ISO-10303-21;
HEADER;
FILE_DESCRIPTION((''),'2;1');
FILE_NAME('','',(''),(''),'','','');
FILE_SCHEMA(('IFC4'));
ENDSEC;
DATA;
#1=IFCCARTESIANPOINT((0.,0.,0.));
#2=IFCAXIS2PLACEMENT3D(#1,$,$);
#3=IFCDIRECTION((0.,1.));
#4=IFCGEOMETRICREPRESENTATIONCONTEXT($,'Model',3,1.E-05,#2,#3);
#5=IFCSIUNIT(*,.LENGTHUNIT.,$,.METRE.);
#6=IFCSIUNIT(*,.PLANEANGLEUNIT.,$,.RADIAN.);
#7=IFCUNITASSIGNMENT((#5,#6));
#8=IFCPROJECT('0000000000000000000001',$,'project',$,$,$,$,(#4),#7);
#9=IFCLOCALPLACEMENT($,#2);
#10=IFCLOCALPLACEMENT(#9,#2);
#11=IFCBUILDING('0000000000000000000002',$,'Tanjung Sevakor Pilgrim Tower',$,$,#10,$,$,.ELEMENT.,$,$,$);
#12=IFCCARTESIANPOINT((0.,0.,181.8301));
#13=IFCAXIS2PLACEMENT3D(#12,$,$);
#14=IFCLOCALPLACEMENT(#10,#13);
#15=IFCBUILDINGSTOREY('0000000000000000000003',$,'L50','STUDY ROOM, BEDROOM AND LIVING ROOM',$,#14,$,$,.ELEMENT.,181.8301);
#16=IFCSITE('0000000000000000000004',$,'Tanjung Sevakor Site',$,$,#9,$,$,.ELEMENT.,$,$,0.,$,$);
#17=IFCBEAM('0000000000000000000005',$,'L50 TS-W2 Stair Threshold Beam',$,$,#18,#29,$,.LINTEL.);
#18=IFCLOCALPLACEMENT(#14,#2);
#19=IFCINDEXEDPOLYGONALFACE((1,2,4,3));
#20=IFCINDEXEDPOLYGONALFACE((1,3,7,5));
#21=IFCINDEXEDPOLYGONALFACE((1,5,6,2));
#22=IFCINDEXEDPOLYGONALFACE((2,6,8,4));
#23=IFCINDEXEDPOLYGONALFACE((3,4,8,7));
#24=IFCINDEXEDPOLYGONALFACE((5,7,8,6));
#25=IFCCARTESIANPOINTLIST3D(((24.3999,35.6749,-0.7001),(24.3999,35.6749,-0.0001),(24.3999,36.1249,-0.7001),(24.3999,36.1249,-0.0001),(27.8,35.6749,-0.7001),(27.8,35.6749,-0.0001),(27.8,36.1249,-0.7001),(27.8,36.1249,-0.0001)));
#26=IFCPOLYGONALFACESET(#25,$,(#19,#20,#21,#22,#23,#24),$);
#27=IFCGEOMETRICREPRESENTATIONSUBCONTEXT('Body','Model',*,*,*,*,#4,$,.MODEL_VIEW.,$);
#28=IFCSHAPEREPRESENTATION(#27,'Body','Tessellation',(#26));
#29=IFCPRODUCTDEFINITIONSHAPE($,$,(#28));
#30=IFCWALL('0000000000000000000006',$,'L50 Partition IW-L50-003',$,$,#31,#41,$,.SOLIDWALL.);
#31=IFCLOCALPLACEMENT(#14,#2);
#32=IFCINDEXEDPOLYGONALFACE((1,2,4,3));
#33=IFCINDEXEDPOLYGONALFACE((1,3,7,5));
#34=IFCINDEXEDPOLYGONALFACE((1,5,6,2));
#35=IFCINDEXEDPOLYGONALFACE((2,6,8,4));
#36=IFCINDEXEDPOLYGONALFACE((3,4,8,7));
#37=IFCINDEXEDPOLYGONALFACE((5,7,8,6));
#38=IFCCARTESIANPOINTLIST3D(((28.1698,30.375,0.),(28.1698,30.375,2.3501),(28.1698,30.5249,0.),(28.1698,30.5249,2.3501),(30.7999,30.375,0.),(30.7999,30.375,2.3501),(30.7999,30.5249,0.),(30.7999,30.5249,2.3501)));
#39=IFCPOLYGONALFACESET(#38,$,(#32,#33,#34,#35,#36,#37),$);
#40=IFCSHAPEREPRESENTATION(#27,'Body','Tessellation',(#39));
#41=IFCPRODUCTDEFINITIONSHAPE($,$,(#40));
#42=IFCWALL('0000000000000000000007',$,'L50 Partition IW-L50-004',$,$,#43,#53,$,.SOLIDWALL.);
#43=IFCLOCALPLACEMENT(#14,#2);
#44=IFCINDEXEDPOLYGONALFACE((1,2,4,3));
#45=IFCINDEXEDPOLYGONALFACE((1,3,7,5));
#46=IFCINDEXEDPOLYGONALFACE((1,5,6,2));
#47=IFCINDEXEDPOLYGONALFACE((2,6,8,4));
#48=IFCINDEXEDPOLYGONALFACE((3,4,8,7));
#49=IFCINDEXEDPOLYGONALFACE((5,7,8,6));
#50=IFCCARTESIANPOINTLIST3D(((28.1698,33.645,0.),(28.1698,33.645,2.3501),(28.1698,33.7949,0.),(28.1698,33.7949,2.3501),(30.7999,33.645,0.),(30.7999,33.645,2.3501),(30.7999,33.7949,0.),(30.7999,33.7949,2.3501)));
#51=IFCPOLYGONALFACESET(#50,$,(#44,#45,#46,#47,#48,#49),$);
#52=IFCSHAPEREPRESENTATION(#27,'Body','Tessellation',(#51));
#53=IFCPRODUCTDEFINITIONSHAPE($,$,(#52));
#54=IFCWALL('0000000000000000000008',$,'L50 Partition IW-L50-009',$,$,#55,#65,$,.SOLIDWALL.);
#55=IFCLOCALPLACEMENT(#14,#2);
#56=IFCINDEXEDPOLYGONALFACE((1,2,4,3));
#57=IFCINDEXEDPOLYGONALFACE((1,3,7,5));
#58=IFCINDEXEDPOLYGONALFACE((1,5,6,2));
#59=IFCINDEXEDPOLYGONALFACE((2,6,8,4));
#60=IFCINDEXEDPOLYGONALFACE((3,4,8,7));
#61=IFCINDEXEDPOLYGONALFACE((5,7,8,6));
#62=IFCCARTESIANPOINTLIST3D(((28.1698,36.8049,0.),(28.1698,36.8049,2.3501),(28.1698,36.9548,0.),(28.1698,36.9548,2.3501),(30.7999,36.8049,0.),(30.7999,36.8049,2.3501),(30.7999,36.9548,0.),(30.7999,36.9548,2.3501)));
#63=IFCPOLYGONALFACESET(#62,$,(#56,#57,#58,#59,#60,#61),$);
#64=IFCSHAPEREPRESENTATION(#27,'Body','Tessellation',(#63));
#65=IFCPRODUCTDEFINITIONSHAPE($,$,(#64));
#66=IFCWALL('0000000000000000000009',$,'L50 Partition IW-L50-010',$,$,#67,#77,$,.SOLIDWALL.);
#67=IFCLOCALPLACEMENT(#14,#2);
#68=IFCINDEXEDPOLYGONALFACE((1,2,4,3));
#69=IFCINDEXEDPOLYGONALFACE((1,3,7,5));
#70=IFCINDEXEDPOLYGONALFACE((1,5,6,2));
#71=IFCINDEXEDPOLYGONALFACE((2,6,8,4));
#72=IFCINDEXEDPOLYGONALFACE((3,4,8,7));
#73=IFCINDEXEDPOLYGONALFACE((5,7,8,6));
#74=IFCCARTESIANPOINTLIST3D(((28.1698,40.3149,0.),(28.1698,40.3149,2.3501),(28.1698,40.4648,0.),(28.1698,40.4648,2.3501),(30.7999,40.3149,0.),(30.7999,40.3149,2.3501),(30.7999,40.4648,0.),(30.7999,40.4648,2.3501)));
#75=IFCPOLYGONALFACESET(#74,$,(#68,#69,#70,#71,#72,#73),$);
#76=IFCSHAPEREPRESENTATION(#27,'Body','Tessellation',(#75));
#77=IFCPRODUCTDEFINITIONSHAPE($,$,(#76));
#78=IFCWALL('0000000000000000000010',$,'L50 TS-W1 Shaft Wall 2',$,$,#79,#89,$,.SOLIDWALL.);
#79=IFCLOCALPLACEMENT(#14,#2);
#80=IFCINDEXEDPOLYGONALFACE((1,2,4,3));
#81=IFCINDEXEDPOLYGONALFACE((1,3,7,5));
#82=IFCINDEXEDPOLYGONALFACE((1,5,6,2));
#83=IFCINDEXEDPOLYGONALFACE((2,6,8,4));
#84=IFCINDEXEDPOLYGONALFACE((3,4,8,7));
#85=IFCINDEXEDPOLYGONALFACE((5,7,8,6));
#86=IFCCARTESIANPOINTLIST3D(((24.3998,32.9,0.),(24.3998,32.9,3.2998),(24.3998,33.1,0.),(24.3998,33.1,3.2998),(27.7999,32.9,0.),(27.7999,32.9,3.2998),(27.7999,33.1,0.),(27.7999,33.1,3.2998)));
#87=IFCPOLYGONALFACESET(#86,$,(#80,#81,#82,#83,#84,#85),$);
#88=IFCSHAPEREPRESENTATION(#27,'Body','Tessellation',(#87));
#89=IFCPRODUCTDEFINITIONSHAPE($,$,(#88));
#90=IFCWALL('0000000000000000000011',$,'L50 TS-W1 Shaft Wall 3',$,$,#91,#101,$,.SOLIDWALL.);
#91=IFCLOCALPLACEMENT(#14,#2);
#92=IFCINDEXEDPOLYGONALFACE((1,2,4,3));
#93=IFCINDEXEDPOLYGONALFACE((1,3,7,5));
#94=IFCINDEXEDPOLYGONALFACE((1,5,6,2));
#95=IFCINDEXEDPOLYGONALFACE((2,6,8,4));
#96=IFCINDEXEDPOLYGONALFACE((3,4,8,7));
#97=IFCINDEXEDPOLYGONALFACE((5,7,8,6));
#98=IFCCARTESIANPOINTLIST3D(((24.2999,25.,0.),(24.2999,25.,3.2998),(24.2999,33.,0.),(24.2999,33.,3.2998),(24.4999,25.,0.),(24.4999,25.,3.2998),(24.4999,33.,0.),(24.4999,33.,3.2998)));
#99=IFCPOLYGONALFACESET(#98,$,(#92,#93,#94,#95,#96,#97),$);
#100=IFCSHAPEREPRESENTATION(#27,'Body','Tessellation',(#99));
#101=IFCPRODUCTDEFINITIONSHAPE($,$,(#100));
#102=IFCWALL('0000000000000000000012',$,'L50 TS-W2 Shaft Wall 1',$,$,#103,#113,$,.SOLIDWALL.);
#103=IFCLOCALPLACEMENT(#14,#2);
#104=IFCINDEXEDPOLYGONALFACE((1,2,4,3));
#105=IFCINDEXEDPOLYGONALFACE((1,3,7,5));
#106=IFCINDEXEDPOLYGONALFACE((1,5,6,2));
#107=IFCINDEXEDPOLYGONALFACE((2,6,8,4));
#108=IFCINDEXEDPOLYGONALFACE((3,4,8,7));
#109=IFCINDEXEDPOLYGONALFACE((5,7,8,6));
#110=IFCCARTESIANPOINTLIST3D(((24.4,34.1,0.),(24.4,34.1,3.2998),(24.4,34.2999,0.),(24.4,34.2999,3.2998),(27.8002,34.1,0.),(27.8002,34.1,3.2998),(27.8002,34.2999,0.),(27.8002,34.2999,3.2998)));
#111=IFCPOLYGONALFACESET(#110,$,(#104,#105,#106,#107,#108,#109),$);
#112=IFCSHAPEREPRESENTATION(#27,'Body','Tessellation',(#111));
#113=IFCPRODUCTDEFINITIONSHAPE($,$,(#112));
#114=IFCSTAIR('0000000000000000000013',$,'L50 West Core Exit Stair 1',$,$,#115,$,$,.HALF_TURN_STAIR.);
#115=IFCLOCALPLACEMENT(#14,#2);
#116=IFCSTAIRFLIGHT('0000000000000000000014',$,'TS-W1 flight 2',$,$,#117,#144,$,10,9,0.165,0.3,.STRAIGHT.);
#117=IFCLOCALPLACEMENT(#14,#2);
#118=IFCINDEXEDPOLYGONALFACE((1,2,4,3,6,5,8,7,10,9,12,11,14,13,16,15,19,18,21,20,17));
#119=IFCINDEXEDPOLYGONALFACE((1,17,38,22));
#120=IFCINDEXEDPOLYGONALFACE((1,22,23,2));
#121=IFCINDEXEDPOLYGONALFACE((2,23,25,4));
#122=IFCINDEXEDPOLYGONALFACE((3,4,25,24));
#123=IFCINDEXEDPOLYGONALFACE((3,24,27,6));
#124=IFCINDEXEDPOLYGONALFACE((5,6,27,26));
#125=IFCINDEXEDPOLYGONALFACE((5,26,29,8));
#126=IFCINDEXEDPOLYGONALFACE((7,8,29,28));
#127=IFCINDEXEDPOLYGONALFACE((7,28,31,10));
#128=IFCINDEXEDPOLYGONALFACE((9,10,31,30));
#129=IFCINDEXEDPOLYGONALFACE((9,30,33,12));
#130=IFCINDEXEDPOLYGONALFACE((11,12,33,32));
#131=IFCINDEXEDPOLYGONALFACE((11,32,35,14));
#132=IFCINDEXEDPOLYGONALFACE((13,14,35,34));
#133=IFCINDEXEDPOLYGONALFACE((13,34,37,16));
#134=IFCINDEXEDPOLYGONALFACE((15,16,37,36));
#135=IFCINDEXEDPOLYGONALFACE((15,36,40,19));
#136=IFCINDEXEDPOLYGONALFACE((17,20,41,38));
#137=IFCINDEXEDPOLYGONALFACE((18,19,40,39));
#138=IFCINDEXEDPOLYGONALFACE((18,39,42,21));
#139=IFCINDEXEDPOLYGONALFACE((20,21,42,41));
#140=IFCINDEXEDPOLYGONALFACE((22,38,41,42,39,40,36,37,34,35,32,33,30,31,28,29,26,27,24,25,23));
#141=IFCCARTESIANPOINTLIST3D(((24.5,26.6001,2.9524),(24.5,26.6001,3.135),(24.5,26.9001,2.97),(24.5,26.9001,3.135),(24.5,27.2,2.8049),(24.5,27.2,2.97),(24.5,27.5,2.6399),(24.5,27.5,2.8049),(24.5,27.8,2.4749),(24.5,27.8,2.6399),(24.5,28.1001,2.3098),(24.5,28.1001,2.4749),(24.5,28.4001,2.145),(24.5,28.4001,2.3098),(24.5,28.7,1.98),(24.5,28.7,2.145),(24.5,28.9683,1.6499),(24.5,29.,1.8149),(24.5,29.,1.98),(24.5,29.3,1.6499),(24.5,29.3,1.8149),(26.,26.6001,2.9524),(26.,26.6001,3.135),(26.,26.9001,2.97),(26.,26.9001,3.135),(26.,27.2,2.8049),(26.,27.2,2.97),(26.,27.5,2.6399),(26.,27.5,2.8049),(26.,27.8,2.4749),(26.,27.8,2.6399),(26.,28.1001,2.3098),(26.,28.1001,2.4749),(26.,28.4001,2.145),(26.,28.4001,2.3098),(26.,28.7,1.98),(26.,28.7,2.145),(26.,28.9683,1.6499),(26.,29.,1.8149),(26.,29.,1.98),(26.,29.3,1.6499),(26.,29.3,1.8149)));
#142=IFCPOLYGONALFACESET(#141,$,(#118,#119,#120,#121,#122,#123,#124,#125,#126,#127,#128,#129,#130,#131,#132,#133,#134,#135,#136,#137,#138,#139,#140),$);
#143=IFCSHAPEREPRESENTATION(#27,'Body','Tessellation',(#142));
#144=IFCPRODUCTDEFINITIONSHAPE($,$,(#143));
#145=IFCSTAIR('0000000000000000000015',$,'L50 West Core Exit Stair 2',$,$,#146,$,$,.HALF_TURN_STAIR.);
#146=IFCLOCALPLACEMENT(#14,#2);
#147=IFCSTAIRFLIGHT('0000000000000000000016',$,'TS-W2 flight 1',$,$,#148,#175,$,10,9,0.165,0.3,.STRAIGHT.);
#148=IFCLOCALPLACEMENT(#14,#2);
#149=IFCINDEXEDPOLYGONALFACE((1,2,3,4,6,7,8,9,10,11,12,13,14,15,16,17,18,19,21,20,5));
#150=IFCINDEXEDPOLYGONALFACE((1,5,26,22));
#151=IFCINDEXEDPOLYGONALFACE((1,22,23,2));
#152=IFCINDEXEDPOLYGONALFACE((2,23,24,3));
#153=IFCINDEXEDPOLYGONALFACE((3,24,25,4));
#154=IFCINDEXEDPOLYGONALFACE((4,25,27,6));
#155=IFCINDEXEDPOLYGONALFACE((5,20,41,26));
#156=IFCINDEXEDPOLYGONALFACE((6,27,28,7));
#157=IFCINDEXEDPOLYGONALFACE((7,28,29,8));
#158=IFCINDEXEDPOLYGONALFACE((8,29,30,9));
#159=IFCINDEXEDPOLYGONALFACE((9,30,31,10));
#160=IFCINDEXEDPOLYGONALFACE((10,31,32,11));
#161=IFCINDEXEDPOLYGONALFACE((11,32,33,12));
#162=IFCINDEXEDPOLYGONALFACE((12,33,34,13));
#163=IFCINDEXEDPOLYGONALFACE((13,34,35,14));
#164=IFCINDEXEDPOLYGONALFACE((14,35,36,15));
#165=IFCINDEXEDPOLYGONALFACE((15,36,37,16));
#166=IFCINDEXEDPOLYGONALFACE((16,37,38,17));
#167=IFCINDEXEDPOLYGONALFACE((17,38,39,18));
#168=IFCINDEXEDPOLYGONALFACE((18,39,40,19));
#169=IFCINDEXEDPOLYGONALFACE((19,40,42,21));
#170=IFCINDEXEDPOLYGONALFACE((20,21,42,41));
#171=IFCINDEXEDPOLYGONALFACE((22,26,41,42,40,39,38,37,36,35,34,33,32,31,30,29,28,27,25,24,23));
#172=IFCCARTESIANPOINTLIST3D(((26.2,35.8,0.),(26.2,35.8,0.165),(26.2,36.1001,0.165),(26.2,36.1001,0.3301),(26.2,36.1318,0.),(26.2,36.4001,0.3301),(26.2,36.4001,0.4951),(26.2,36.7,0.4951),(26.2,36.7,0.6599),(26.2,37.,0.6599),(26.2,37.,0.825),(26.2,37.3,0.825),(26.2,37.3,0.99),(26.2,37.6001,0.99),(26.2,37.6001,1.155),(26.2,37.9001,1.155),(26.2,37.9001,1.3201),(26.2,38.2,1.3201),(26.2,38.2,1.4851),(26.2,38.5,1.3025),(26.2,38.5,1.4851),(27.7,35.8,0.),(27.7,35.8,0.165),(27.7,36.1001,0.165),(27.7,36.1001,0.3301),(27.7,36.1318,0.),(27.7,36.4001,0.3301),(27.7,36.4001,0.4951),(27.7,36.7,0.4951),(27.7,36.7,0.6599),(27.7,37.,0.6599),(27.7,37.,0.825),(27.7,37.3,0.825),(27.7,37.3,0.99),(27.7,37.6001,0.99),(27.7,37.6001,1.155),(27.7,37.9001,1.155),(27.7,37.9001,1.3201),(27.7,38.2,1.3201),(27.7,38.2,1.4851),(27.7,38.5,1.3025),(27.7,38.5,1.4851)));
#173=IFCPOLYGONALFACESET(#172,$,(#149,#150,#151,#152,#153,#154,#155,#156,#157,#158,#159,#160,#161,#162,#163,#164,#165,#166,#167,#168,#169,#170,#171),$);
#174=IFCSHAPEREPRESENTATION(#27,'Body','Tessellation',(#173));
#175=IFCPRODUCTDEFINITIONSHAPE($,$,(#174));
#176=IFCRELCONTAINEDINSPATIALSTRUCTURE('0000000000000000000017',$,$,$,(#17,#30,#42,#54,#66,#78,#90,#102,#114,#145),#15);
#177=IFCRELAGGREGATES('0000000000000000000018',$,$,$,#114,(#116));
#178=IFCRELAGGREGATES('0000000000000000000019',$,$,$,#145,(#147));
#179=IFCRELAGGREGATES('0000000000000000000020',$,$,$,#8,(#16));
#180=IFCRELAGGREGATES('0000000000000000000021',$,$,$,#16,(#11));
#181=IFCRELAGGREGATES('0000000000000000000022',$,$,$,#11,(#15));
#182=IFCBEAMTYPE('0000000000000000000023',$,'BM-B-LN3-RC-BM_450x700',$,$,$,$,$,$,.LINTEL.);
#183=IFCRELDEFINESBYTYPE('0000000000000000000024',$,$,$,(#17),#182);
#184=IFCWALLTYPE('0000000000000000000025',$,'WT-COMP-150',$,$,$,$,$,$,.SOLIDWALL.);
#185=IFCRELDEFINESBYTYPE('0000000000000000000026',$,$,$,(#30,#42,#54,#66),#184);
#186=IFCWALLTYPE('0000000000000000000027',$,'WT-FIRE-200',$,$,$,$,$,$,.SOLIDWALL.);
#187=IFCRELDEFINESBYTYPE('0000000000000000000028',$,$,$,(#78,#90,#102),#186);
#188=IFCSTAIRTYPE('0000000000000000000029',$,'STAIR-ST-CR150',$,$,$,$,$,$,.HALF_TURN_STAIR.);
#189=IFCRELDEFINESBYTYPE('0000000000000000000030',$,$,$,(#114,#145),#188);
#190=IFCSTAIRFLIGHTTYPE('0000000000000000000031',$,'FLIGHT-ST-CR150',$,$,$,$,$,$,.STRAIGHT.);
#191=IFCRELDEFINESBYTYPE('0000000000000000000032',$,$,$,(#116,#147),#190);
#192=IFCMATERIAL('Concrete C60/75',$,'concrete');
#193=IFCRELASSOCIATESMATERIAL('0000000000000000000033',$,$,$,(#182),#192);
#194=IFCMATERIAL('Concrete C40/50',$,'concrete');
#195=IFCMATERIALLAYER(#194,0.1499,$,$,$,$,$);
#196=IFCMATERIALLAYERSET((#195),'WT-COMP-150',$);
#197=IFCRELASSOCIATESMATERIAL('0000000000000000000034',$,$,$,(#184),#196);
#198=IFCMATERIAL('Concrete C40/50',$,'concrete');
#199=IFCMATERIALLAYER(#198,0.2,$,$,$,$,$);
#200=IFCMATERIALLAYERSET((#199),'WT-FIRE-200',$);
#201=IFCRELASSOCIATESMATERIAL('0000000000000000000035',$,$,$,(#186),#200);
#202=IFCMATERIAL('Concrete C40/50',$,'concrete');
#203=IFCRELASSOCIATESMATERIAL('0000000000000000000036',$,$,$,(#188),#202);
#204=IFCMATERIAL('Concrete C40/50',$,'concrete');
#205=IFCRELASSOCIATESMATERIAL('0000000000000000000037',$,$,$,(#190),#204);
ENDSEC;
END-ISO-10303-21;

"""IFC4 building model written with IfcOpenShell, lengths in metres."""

from ifc_helpers import new_model, si_unit, direction, frame, frame_2d, origin, origin_2d, place, context, subcontext, project, spatial, polyline, rectangle, outline, extrude, material, layer, layer_set, material_profile, profile_set, type_object, element, aggregate, save


model = new_model("IFC4")

# Units and contexts
model_context = context("Model", 3, precision=1e-05, world=origin(), true_north=direction((0.0, 1.0)))
body_context = subcontext(model_context, "Body", "Model", "MODEL_VIEW")
ifc_project = project(units=[si_unit("LENGTHUNIT", "METRE"), si_unit("PLANEANGLEUNIT", "RADIAN")], contexts=[model_context])

# Site, building, storey
site_placement = place(None, origin())
site = spatial("IfcSite", under=ifc_project, at=site_placement, Name="Tanjung Sevakor Site", CompositionType="ELEMENT", RefElevation=0.0)
building_placement = place(site_placement, origin())
building = spatial("IfcBuilding", under=site, at=building_placement, Name="Tanjung Sevakor Pilgrim Tower", CompositionType="ELEMENT")
storey_placement = place(building_placement, frame((0.0, 0.0, 181.8301)))
storey = spatial("IfcBuildingStorey", under=building, at=storey_placement, Name="L50", Description="STUDY ROOM, BEDROOM AND LIVING ROOM", CompositionType="ELEMENT", Elevation=181.8301)

# Beam
ifc_material_1 = material(Name="Concrete C60/75", Category="concrete")
ifc_material_profile = material_profile(ifc_material_1, rectangle(XDim=0.45, YDim=0.7, at=origin_2d()))
ifc_profile_set = profile_set([ifc_material_profile], Name="Concrete C60/75")
beam_type = type_object("IfcBeamType", Name="BM-B-LN3-RC-BM_450x700", PredefinedType="LINTEL", material=ifc_profile_set)
beam_placement = place(storey_placement, frame((24.3999, 35.8999, -0.3501), z_axis=(1.0, 0.0, 0.0), x_axis=(0.0, 1.0, 0.0)))
element("IfcBeam", 1, at=beam_placement, inside=storey, type_object=beam_type, Name="L50 TS-W2 Stair Threshold Beam", PredefinedType="LINTEL", context=body_context, shape_type="SweptSolid", body=[
    extrude(rectangle(XDim=0.45, YDim=0.7, at=origin_2d()), origin(), (0.0, 0.0, 1.0), 3.4001),
])

# Walls
ifc_material_2 = material(Name="Concrete C40/50", Category="concrete")
ifc_layer_1 = layer(ifc_material_2, 0.1499)
ifc_layer_set_1 = layer_set([ifc_layer_1], Name="WT-COMP-150")
wall_type_1 = type_object("IfcWallType", Name="WT-COMP-150", PredefinedType="SOLIDWALL", material=ifc_layer_set_1)
for number, where, z_axis, x_axis, name in (
    (2, (28.1699, 30.45, 0.0), (0.0, 0.0, 1.0), (1.0, 0.0, 0.0), "L50 Partition IW-L50-003"),
    (3, (28.1699, 33.72, 0.0), (0.0, 0.0, 1.0), (1.0, 0.0, 0.0), "L50 Partition IW-L50-004"),
    (4, (28.1699, 36.8799, 0.0), (0.0, 0.0, 1.0), (1.0, 0.0, 0.0), "L50 Partition IW-L50-009"),
    (5, (28.1699, 40.3899, 0.0), (0.0, 0.0, 1.0), (1.0, 0.0, 0.0), "L50 Partition IW-L50-010"),
):
    element("IfcWall", number, at=place(storey_placement, frame(where, z_axis=z_axis, x_axis=x_axis)), inside=storey, type_object=wall_type_1, Name=name, PredefinedType="SOLIDWALL", context=body_context, shape_type="SweptSolid", body=[
        extrude(rectangle(XDim=2.6301, YDim=0.1499, at=frame_2d((1.3149, 0.0))), origin(), (0.0, 0.0, 1.0), 2.3501),
    ])
ifc_material_3 = material(Name="Concrete C40/50", Category="concrete")
ifc_layer_2 = layer(ifc_material_3, 0.2)
ifc_layer_set_2 = layer_set([ifc_layer_2], Name="WT-FIRE-200")
wall_type_2 = type_object("IfcWallType", Name="WT-FIRE-200", PredefinedType="SOLIDWALL", material=ifc_layer_set_2)
wall_1_placement = place(storey_placement, frame((27.8, 33.0, 0.0), z_axis=(0.0, 0.0, 1.0), x_axis=(-1.0, 0.0, 0.0)))
element("IfcWall", 6, at=wall_1_placement, inside=storey, type_object=wall_type_2, Name="L50 TS-W1 Shaft Wall 2", PredefinedType="SOLIDWALL", context=body_context, shape_type="SweptSolid", body=[
    extrude(rectangle(XDim=3.4001, YDim=0.2, at=frame_2d((1.7002, 0.0))), origin(), (0.0, 0.0, 1.0), 3.2998),
])
wall_2_placement = place(storey_placement, frame((24.3999, 33.0, 0.0), z_axis=(0.0, 0.0, 1.0), x_axis=(0.0, -1.0, 0.0)))
element("IfcWall", 7, at=wall_2_placement, inside=storey, type_object=wall_type_2, Name="L50 TS-W1 Shaft Wall 3", PredefinedType="SOLIDWALL", context=body_context, shape_type="SweptSolid", body=[
    extrude(rectangle(XDim=8.0, YDim=0.2, at=frame_2d((4.0, 0.0))), origin(), (0.0, 0.0, 1.0), 3.2998),
])
wall_3_placement = place(storey_placement, frame((24.3999, 34.2, 0.0), z_axis=(0.0, 0.0, 1.0), x_axis=(1.0, 0.0, 0.0)))
element("IfcWall", 8, at=wall_3_placement, inside=storey, type_object=wall_type_2, Name="L50 TS-W2 Shaft Wall 1", PredefinedType="SOLIDWALL", context=body_context, shape_type="SweptSolid", body=[
    extrude(rectangle(XDim=3.4001, YDim=0.2, at=frame_2d((1.7002, 0.0))), origin(), (0.0, 0.0, 1.0), 3.2998),
])

# Stair, stair flight
ifc_material_4 = material(Name="Concrete C40/50", Category="concrete")
stair_type = type_object("IfcStairType", Name="STAIR-ST-CR150", PredefinedType="HALF_TURN_STAIR", material=ifc_material_4)
stair_1_placement = place(storey_placement, origin())
stair_1 = element("IfcStair", 9, at=stair_1_placement, inside=storey, type_object=stair_type, Name="L50 West Core Exit Stair 1", PredefinedType="HALF_TURN_STAIR")
ifc_material_5 = material(Name="Concrete C40/50", Category="concrete")
stair_flight_type = type_object("IfcStairFlightType", Name="FLIGHT-ST-CR150", PredefinedType="STRAIGHT", material=ifc_material_5)
stair_flight_1_placement = place(storey_placement, frame((25.25, 29.3, 1.6499), z_axis=(0.0, 0.0, 1.0), x_axis=(0.0, -1.0, 0.0)))
stair_flight_1 = element("IfcStairFlight", 10, at=stair_flight_1_placement, type_object=stair_flight_type, Name="TS-W1 flight 2", NumberOfRisers=10, NumberOfTreads=9, PredefinedType="STRAIGHT", RiserHeight=0.165, TreadLength=0.3, context=body_context, shape_type="SweptSolid", body=[
    extrude(outline(polyline([(0.0, 0.0), (0.0, 0.165), (0.3, 0.165), (0.3, 0.3301), (0.6001, 0.3301), (0.6001, 0.4951), (0.8999, 0.4951), (0.8999, 0.6599), (1.2, 0.6599), (1.2, 0.825), (1.5, 0.825), (1.5, 0.99), (1.8, 0.99), (1.8, 1.155), (2.1001, 1.155), (2.1001, 1.3201), (2.3999, 1.3201), (2.3999, 1.4851), (2.7, 1.4851), (2.7, 1.6499), (2.7, 1.3025), (0.3318, 0.0), (0.0, 0.0)])), frame((0.0, 0.75, 0.0), z_axis=(0.0, -1.0, 0.0), x_axis=(1.0, 0.0, 0.0)), (0.0, 0.0, 1.0), 1.5),
])
aggregate(stair_1, [stair_flight_1])

# Stair, stair flight
stair_2_placement = place(storey_placement, origin())
stair_2 = element("IfcStair", 11, at=stair_2_placement, inside=storey, type_object=stair_type, Name="L50 West Core Exit Stair 2", PredefinedType="HALF_TURN_STAIR")
stair_flight_2_placement = place(storey_placement, frame((26.95, 35.8, 0.0), z_axis=(0.0, 0.0, 1.0), x_axis=(0.0, 1.0, 0.0)))
stair_flight_2 = element("IfcStairFlight", 12, at=stair_flight_2_placement, type_object=stair_flight_type, Name="TS-W2 flight 1", NumberOfRisers=10, NumberOfTreads=9, PredefinedType="STRAIGHT", RiserHeight=0.165, TreadLength=0.3, context=body_context, shape_type="SweptSolid", body=[
    extrude(outline(polyline([(0.0, 0.0), (0.0, 0.165), (0.3, 0.165), (0.3, 0.3301), (0.6001, 0.3301), (0.6001, 0.4951), (0.8999, 0.4951), (0.8999, 0.6599), (1.2, 0.6599), (1.2, 0.825), (1.5, 0.825), (1.5, 0.99), (1.8, 0.99), (1.8, 1.155), (2.1001, 1.155), (2.1001, 1.3201), (2.3999, 1.3201), (2.3999, 1.4851), (2.7, 1.4851), (2.7, 1.6499), (2.7, 1.3025), (0.3318, 0.0), (0.0, 0.0)])), frame((0.0, 0.75, 0.0), z_axis=(0.0, -1.0, 0.0), x_axis=(1.0, 0.0, 0.0)), (0.0, 0.0, 1.0), 1.5),
])
aggregate(stair_2, [stair_flight_2])

save(model, "model.ifc")
